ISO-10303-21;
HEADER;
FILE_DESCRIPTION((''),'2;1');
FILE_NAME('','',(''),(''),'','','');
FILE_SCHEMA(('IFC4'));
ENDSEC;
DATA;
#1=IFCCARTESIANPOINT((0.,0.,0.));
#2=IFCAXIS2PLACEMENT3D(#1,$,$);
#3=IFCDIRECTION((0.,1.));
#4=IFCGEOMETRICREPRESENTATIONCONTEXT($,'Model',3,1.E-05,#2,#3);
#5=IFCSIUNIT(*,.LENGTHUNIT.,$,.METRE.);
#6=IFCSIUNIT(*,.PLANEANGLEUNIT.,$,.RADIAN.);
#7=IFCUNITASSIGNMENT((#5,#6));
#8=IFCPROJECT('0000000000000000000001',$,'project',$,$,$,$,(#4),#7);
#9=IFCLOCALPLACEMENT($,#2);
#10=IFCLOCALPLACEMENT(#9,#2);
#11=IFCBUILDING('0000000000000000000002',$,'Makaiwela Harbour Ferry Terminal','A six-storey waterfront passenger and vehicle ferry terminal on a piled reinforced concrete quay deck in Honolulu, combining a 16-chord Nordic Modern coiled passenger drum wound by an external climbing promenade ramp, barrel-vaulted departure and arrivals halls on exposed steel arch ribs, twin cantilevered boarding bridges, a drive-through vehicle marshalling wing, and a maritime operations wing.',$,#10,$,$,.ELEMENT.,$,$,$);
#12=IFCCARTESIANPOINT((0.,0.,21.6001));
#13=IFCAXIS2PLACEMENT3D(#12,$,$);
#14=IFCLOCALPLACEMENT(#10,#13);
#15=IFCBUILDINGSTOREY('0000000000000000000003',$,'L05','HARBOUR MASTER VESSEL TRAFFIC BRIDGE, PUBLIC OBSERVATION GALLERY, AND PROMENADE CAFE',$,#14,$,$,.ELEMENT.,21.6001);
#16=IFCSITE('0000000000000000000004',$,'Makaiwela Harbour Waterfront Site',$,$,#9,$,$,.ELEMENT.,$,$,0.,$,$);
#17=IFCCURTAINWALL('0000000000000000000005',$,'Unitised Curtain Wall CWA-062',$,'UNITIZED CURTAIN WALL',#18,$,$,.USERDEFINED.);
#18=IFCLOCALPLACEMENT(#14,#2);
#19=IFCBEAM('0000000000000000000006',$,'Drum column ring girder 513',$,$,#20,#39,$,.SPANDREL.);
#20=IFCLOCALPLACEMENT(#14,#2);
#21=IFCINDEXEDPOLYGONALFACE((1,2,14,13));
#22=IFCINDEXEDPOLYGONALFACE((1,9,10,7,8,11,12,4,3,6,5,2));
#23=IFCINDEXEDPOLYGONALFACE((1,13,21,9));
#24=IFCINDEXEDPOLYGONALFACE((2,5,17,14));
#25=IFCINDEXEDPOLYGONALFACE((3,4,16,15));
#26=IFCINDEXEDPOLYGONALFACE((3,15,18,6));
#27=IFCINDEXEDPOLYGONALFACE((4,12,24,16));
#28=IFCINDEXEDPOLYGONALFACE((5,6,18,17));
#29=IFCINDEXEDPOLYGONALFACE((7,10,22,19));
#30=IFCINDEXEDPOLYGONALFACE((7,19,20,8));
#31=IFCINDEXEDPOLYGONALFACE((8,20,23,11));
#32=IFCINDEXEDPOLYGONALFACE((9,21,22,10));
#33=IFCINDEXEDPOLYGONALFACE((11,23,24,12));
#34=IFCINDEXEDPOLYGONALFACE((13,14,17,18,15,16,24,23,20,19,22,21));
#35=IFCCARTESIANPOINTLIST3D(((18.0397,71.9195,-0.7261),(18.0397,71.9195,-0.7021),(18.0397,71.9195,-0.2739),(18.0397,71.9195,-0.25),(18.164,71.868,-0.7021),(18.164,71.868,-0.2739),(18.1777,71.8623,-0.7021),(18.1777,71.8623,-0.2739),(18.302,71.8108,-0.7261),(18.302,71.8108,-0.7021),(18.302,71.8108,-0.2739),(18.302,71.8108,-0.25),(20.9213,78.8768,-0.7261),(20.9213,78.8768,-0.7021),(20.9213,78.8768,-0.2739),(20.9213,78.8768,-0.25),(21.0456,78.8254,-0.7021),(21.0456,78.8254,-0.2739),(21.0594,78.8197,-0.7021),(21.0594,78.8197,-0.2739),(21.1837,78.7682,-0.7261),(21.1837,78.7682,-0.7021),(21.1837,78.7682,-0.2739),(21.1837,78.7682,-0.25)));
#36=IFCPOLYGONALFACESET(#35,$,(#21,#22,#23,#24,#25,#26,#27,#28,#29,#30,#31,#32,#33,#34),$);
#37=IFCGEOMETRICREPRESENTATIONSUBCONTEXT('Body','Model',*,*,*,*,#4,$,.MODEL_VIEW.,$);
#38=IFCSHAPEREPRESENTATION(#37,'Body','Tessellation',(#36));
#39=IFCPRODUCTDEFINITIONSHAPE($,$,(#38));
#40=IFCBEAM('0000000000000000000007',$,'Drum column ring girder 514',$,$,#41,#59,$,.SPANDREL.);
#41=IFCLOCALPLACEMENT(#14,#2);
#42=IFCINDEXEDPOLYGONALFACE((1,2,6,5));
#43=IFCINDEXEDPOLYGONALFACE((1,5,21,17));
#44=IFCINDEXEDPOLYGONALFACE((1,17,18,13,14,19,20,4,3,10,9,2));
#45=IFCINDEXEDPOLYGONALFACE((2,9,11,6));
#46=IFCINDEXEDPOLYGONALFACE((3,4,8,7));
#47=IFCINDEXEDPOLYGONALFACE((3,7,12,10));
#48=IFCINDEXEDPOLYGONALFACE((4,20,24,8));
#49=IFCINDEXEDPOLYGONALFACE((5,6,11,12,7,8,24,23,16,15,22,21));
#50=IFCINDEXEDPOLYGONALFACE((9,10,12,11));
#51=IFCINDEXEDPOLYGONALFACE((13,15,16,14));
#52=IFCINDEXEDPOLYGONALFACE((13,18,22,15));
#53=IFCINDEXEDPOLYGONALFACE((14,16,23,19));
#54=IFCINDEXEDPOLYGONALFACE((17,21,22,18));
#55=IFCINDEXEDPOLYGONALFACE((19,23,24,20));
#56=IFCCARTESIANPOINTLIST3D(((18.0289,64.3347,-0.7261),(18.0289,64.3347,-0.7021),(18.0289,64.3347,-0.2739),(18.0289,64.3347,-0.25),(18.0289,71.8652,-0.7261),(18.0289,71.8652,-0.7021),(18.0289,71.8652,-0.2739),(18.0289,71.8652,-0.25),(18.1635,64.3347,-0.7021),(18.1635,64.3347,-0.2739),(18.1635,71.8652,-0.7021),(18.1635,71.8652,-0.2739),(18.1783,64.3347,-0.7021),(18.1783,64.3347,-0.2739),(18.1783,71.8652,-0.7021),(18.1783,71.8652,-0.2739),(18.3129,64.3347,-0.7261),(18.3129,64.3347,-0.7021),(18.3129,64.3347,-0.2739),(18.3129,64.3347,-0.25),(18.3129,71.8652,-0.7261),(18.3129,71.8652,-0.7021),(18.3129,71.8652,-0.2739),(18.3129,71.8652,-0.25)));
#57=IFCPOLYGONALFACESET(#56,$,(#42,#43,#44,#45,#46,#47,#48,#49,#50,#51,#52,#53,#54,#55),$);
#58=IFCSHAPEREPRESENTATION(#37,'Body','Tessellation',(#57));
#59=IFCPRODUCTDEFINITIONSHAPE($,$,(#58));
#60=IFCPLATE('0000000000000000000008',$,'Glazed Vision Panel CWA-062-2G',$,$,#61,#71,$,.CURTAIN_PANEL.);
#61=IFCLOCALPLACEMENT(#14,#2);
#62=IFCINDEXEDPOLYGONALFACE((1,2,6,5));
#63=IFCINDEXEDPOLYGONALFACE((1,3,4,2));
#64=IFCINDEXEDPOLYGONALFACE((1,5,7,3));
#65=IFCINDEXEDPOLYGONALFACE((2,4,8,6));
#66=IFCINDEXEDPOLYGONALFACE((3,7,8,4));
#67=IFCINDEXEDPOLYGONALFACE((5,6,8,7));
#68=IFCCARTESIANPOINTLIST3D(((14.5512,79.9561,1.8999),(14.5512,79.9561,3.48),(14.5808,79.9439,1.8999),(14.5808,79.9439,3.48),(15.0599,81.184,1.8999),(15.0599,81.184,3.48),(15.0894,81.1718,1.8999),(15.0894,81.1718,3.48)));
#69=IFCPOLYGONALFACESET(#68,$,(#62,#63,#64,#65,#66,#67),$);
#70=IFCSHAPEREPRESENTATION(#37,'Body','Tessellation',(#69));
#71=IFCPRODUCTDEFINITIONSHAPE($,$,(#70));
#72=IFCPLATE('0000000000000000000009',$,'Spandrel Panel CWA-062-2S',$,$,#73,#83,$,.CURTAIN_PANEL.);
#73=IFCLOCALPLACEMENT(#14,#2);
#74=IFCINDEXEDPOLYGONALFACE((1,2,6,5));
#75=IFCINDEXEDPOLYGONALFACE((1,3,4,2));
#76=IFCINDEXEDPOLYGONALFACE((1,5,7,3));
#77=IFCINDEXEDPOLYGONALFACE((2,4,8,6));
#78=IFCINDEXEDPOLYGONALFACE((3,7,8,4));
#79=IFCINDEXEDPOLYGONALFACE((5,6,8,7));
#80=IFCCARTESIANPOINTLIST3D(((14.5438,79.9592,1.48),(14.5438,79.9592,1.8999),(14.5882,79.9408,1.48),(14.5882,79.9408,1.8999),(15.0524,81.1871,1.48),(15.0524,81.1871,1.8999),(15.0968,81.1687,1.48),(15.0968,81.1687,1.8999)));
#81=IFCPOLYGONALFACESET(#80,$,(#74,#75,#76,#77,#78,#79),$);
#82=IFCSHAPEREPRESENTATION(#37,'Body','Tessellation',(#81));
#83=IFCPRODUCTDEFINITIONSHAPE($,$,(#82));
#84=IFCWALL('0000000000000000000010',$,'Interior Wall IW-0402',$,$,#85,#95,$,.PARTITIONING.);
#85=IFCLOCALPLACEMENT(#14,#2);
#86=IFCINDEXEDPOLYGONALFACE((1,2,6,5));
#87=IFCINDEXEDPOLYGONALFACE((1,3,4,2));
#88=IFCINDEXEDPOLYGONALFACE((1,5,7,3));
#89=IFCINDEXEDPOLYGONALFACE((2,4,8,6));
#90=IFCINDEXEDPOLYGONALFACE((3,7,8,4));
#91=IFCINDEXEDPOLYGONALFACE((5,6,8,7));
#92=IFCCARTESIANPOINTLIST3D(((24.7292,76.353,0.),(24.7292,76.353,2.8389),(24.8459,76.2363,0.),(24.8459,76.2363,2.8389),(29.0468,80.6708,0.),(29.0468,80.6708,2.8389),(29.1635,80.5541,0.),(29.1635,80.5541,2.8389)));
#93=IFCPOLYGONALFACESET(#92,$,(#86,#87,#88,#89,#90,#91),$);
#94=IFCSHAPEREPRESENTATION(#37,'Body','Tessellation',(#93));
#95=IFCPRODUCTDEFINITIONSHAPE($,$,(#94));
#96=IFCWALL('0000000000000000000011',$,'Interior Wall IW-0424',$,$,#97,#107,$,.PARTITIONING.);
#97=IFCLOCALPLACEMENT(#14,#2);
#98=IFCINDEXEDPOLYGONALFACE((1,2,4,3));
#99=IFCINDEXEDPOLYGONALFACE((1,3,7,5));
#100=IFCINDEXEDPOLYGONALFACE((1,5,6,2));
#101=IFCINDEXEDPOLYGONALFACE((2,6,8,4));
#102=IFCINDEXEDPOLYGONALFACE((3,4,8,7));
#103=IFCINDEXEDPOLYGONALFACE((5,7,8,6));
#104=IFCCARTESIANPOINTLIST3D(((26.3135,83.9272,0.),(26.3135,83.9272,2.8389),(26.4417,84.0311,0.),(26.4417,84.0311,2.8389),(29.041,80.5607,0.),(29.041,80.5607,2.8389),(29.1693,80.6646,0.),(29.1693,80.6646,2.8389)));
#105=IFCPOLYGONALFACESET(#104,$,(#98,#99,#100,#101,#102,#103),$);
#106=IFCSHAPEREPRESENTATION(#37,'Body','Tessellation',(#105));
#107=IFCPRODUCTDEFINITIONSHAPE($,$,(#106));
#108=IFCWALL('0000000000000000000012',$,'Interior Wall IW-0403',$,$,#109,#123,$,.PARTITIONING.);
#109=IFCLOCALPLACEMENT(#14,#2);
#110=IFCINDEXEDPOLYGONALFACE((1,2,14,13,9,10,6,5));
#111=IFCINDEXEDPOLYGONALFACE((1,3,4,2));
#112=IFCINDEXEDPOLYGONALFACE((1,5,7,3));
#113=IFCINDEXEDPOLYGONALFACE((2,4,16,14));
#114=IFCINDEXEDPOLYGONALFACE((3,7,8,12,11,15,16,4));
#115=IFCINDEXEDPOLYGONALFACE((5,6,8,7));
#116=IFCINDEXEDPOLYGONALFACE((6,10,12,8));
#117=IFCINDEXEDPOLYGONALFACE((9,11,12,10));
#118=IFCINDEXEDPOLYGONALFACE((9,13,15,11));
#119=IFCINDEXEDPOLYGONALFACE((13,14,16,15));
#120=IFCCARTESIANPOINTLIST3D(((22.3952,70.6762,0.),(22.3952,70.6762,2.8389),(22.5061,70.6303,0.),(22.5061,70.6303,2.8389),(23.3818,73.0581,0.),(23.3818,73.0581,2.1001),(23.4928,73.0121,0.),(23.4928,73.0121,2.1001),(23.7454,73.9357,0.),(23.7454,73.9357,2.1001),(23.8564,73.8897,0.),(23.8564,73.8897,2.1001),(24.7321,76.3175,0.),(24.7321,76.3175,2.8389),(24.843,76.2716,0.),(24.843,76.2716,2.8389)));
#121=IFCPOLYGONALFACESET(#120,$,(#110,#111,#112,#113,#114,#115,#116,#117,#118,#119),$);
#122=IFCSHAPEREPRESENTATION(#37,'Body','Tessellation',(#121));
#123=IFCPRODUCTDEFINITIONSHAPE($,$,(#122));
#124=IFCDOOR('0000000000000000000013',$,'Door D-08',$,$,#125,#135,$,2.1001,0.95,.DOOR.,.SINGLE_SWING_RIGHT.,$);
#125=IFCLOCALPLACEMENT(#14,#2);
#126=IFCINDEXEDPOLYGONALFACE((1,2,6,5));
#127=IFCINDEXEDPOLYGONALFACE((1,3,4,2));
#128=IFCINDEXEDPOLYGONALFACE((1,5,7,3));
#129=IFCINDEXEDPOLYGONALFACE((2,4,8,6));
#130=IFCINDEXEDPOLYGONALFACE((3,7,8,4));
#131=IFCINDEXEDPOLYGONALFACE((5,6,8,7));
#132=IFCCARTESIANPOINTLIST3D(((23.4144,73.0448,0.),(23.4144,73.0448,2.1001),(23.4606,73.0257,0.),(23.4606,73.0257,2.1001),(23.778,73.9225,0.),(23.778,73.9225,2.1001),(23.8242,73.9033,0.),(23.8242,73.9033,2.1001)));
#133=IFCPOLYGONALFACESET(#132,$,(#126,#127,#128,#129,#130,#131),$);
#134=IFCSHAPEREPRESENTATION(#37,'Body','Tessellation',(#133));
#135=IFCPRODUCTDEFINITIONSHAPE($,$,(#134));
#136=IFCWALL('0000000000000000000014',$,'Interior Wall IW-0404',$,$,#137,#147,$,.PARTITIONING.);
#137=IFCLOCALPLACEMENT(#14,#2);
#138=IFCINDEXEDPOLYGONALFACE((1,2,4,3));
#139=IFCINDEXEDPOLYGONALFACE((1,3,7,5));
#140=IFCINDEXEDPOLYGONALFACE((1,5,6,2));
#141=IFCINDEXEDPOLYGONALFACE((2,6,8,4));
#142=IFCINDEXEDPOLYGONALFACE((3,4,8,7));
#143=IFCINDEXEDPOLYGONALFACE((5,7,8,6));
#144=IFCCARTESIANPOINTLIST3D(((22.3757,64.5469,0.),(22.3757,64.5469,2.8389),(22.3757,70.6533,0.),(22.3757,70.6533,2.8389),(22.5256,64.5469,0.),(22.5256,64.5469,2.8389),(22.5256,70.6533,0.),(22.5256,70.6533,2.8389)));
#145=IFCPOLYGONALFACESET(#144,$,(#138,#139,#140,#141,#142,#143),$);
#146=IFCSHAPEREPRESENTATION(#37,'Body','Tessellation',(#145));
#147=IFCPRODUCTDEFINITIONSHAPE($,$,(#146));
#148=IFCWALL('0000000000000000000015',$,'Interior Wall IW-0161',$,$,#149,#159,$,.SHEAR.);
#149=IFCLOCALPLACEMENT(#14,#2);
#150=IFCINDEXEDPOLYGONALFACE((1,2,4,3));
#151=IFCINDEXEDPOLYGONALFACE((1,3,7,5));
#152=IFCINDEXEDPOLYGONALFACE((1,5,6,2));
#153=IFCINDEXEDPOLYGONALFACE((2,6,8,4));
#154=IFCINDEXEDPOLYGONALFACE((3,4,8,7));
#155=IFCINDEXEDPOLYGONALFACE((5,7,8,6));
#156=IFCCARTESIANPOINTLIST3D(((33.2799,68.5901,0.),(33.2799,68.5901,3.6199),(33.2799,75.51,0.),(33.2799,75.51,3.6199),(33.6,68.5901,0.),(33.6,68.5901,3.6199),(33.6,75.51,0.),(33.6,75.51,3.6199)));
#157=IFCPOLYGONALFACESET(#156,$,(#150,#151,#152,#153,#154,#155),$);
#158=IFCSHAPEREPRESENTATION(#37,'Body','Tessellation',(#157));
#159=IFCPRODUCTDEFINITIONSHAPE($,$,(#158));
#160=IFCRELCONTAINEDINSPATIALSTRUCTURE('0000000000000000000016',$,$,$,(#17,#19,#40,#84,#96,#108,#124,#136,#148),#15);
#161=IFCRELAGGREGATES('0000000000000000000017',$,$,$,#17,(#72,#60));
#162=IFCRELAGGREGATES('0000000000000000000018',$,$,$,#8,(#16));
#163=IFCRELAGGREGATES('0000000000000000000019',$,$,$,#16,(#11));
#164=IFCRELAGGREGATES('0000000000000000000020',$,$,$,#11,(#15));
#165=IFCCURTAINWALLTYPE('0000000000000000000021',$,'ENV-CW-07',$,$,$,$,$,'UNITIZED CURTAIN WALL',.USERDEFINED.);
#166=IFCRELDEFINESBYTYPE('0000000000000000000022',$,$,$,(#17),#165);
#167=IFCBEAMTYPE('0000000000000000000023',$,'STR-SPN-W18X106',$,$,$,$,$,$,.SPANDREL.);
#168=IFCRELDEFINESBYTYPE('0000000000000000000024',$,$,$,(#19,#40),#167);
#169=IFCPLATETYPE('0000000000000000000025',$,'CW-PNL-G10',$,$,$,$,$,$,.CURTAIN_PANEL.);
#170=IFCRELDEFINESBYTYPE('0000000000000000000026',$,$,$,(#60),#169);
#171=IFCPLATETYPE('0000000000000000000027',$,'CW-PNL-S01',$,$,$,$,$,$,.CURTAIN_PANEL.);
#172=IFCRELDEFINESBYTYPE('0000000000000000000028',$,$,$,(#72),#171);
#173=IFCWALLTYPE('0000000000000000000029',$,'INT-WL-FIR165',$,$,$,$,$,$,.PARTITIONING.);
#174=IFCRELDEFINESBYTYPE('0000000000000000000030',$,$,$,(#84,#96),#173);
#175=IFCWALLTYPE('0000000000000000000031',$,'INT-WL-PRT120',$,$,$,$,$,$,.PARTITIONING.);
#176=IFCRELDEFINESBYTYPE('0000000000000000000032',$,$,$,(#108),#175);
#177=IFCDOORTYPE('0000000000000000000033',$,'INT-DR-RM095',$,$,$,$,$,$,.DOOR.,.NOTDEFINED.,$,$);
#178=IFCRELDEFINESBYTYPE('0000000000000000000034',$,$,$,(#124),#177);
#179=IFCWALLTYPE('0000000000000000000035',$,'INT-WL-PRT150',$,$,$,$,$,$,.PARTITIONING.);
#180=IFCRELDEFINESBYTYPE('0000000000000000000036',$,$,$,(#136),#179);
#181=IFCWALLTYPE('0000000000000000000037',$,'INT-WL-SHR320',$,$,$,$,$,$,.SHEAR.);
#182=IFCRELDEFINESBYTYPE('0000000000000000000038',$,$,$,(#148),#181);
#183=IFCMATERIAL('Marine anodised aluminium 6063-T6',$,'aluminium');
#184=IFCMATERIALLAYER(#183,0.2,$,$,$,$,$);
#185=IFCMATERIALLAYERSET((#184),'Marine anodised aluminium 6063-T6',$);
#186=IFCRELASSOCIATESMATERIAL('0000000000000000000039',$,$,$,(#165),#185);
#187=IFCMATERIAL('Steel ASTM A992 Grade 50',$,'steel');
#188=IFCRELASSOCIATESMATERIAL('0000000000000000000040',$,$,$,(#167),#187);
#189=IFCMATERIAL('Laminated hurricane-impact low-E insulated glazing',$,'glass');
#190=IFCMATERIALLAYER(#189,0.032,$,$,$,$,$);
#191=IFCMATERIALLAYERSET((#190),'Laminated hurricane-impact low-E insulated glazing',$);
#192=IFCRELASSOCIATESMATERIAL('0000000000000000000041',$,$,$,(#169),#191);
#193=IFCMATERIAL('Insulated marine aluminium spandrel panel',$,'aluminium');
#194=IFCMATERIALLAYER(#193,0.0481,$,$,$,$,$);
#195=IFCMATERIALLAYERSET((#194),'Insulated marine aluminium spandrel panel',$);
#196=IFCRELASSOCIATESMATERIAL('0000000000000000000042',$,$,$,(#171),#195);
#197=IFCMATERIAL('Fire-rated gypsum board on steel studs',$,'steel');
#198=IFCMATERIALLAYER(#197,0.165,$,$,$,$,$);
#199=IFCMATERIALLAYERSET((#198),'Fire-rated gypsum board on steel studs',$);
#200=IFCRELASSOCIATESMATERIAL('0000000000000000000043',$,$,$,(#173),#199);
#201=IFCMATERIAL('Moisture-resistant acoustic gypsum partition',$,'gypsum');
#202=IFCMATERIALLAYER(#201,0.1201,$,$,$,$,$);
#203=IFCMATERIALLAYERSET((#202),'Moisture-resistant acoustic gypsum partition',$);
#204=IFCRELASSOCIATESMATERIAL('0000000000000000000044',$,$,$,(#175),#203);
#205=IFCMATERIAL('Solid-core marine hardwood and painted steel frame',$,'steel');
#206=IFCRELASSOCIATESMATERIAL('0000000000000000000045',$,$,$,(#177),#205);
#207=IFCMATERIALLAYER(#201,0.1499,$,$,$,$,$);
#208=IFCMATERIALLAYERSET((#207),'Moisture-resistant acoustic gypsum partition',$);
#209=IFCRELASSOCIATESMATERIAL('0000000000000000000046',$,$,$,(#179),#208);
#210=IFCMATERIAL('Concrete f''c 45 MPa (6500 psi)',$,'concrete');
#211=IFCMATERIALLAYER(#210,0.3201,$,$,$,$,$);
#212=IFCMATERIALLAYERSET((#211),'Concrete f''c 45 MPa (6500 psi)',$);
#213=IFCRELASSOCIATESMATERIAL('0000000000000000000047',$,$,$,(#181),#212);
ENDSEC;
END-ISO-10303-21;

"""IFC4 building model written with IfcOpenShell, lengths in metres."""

from ifc_helpers import new_model, si_unit, direction, frame, frame_2d, origin, origin_2d, place, context, subcontext, project, spatial, rectangle, i_section, extrude, material, layer, layer_set, material_profile, profile_set, type_object, element, fill, aggregate, save


model = new_model("IFC4")

# Units and contexts
model_context = context("Model", 3, precision=1e-05, world=origin(), true_north=direction((0.0, 1.0)))
body_context = subcontext(model_context, "Body", "Model", "MODEL_VIEW")
ifc_project = project(units=[si_unit("LENGTHUNIT", "METRE"), si_unit("PLANEANGLEUNIT", "RADIAN")], contexts=[model_context])

# Site, building, storey
site_placement = place(None, origin())
site = spatial("IfcSite", under=ifc_project, at=site_placement, Name="Makaiwela Harbour Waterfront Site", CompositionType="ELEMENT", RefElevation=0.0)
building_placement = place(site_placement, origin())
building = spatial("IfcBuilding", under=site, at=building_placement, Name="Makaiwela Harbour Ferry Terminal", Description="A six-storey waterfront passenger and vehicle ferry terminal on a piled reinforced concrete quay deck in Honolulu, combining a 16-chord Nordic Modern coiled passenger drum wound by an external climbing promenade ramp, barrel-vaulted departure and arrivals halls on exposed steel arch ribs, twin cantilevered boarding bridges, a drive-through vehicle marshalling wing, and a maritime operations wing.", CompositionType="ELEMENT")
storey_placement = place(building_placement, frame((0.0, 0.0, 21.6001)))
storey = spatial("IfcBuildingStorey", under=building, at=storey_placement, Name="L05", Description="HARBOUR MASTER VESSEL TRAFFIC BRIDGE, PUBLIC OBSERVATION GALLERY, AND PROMENADE CAFE", CompositionType="ELEMENT", Elevation=21.6001)

# Shared definitions
ifc_material_1 = material(Name="Steel ASTM A992 Grade 50", Category="steel")

# Curtain wall
ifc_material_2 = material(Name="Marine anodised aluminium 6063-T6", Category="aluminium")
ifc_layer_1 = layer(ifc_material_2, 0.2)
ifc_layer_set_1 = layer_set([ifc_layer_1], Name="Marine anodised aluminium 6063-T6")
curtain_wall_type = type_object("IfcCurtainWallType", Name="ENV-CW-07", ElementType="UNITIZED CURTAIN WALL", PredefinedType="USERDEFINED", material=ifc_layer_set_1)
curtain_wall_placement = place(storey_placement, origin())
curtain_wall = element("IfcCurtainWall", 1, at=curtain_wall_placement, inside=storey, type_object=curtain_wall_type, Name="Unitised Curtain Wall CWA-062", ObjectType="UNITIZED CURTAIN WALL", PredefinedType="USERDEFINED")

# Beams
ifc_material_profile_1 = material_profile(ifc_material_1, i_section(OverallWidth=0.2839, OverallDepth=0.4761, WebThickness=0.0149, FlangeThickness=0.0239, at=origin_2d()), Name="W18X106")
ifc_profile_set_1 = profile_set([ifc_material_profile_1], Name="Steel ASTM A992 Grade 50")
beam_type_1 = type_object("IfcBeamType", Name="STR-SPN-W18X106", PredefinedType="SPANDREL", material=ifc_profile_set_1)
for number, where, z_axis, x_axis, name in (
    (2, (21.0525, 78.8225, -0.488), (-0.38266, -0.923889, 0.0), (0.923889, -0.38266, 0.0), "Drum column ring girder 513"),
    (3, (18.1709, 71.8652, -0.488), (0.0, -1.0, 0.0), (1.0, 0.0, 0.0), "Drum column ring girder 514"),
):
    element("IfcBeam", number, at=place(storey_placement, frame(where, z_axis=z_axis, x_axis=x_axis)), inside=storey, type_object=beam_type_1, Name=name, PredefinedType="SPANDREL", context=body_context, shape_type="SweptSolid", body=[
        extrude(i_section(OverallWidth=0.2839, OverallDepth=0.4761, WebThickness=0.0149, FlangeThickness=0.0239, at=origin_2d()), origin(), (0.0, 0.0, 1.0), 7.5305),
    ])

# Plates
ifc_material_3 = material(Name="Laminated hurricane-impact low-E insulated glazing", Category="glass")
ifc_layer_2 = layer(ifc_material_3, 0.032)
ifc_layer_set_2 = layer_set([ifc_layer_2], Name="Laminated hurricane-impact low-E insulated glazing")
plate_type_1 = type_object("IfcPlateType", Name="CW-PNL-G10", PredefinedType="CURTAIN_PANEL", material=ifc_layer_set_2)
plate_1_placement = place(storey_placement, frame((14.8203, 80.564, 1.8999), z_axis=(0.0, 0.0, 1.0), x_axis=(-0.382683, -0.92388, 0.0)))
plate_1 = element("IfcPlate", 4, at=plate_1_placement, type_object=plate_type_1, Name="Glazed Vision Panel CWA-062-2G", PredefinedType="CURTAIN_PANEL", context=body_context, shape_type="SweptSolid", body=[
    extrude(rectangle(XDim=1.3291, YDim=0.032, at=origin_2d()), origin(), (0.0, 0.0, 1.0), 1.5801),
])
ifc_material_4 = material(Name="Insulated marine aluminium spandrel panel", Category="aluminium")
ifc_layer_3 = layer(ifc_material_4, 0.0481)
ifc_layer_set_3 = layer_set([ifc_layer_3], Name="Insulated marine aluminium spandrel panel")
plate_type_2 = type_object("IfcPlateType", Name="CW-PNL-S01", PredefinedType="CURTAIN_PANEL", material=ifc_layer_set_3)
plate_2_placement = place(storey_placement, frame((14.8203, 80.564, 1.48), z_axis=(0.0, 0.0, 1.0), x_axis=(-0.382683, -0.92388, 0.0)))
plate_2 = element("IfcPlate", 5, at=plate_2_placement, type_object=plate_type_2, Name="Spandrel Panel CWA-062-2S", PredefinedType="CURTAIN_PANEL", context=body_context, shape_type="SweptSolid", body=[
    extrude(rectangle(XDim=1.3291, YDim=0.0481, at=origin_2d()), origin(), (0.0, 0.0, 1.0), 0.4199),
])
aggregate(curtain_wall, [plate_2, plate_1])

# Walls
ifc_material_5 = material(Name="Fire-rated gypsum board on steel studs", Category="steel")
ifc_layer_4 = layer(ifc_material_5, 0.165)
ifc_layer_set_4 = layer_set([ifc_layer_4], Name="Fire-rated gypsum board on steel studs")
wall_type_1 = type_object("IfcWallType", Name="INT-WL-FIR165", PredefinedType="PARTITIONING", material=ifc_layer_set_4)
wall_1_placement = place(storey_placement, frame((29.1052, 80.6125, 0.0), z_axis=(0.0, 0.0, 1.0), x_axis=(-0.707087, -0.707127, 0.0)))
element("IfcWall", 6, at=wall_1_placement, inside=storey, type_object=wall_type_1, Name="Interior Wall IW-0402", PredefinedType="PARTITIONING", context=body_context, shape_type="SweptSolid", body=[
    extrude(rectangle(XDim=6.1062, YDim=0.165, at=frame_2d((3.0532, 0.0))), origin(), (0.0, 0.0, 1.0), 2.8389),
])
wall_2_placement = place(storey_placement, frame((29.1052, 80.6125, 0.0), z_axis=(0.0, 0.0, 1.0), x_axis=(-0.629521, 0.776984, 0.0)))
element("IfcWall", 7, at=wall_2_placement, inside=storey, type_object=wall_type_1, Name="Interior Wall IW-0424", PredefinedType="PARTITIONING", context=body_context, shape_type="SweptSolid", body=[
    extrude(rectangle(XDim=4.3328, YDim=0.165, at=frame_2d((2.1665, 0.0))), origin(), (0.0, 0.0, 1.0), 2.8389),
])

# Wall, opening, door
ifc_material_6 = material(Name="Moisture-resistant acoustic gypsum partition", Category="gypsum")
ifc_layer_5 = layer(ifc_material_6, 0.1201)
ifc_layer_set_5 = layer_set([ifc_layer_5], Name="Moisture-resistant acoustic gypsum partition")
wall_type_2 = type_object("IfcWallType", Name="INT-WL-PRT120", PredefinedType="PARTITIONING", material=ifc_layer_set_5)
wall_3_placement = place(storey_placement, frame((24.7876, 76.2947, 0.0), z_axis=(0.0, 0.0, 1.0), x_axis=(-0.38271, -0.923869, 0.0)))
wall_3 = element("IfcWall", 8, at=wall_3_placement, inside=storey, type_object=wall_type_2, Name="Interior Wall IW-0403", PredefinedType="PARTITIONING", context=body_context, shape_type="SweptSolid", body=[
    extrude(rectangle(XDim=6.1062, YDim=0.1201, at=frame_2d((3.0532, 0.0))), origin(), (0.0, 0.0, 1.0), 2.8389),
])
opening_1_placement = place(wall_3_placement, frame((2.5781, 0.0, 0.0)))
opening_1 = element("IfcOpeningElement", 9, at=opening_1_placement, cuts=wall_3, PredefinedType="OPENING", context=body_context, shape_type="SweptSolid", body=[
    extrude(rectangle(XDim=0.95, YDim=2.1001, at=frame_2d((0.4751, 1.05))), frame((0.0, 0.0701, 0.0), z_axis=(0.0, -1.0, 0.0), x_axis=(1.0, 0.0, 0.0)), (0.0, 0.0, 1.0), 0.1401),
])
ifc_material_7 = material(Name="Solid-core marine hardwood and painted steel frame", Category="steel")
door_type_1 = type_object("IfcDoorType", Name="INT-DR-RM095", OperationType="NOTDEFINED", PredefinedType="DOOR", material=ifc_material_7)
door_1_placement = place(opening_1_placement, frame((0.95, 0.0, 0.0), z_axis=(0.0, 0.0, 1.0), x_axis=(-1.0, 0.0, 0.0)))
door_1 = element("IfcDoor", 10, at=door_1_placement, inside=storey, type_object=door_type_1, Name="Door D-08", OperationType="SINGLE_SWING_RIGHT", OverallHeight=2.1001, OverallWidth=0.95, PredefinedType="DOOR", context=body_context, shape_type="SweptSolid", body=[
    extrude(rectangle(XDim=0.95, YDim=2.1001, at=frame_2d((0.4751, 1.05))), frame((0.0, 0.0249, 0.0), z_axis=(0.0, -1.0, 0.0), x_axis=(1.0, 0.0, 0.0)), (0.0, 0.0, 1.0), 0.05),
])
fill(opening_1, door_1)

# Walls
ifc_layer_6 = layer(ifc_material_6, 0.1499)
ifc_layer_set_6 = layer_set([ifc_layer_6], Name="Moisture-resistant acoustic gypsum partition")
wall_type_3 = type_object("IfcWallType", Name="INT-WL-PRT150", PredefinedType="PARTITIONING", material=ifc_layer_set_6)
wall_4_placement = place(storey_placement, frame((22.4507, 70.6533, 0.0), z_axis=(0.0, 0.0, 1.0), x_axis=(0.0, -1.0, 0.0)))
element("IfcWall", 11, at=wall_4_placement, inside=storey, type_object=wall_type_3, Name="Interior Wall IW-0404", PredefinedType="PARTITIONING", context=body_context, shape_type="SweptSolid", body=[
    extrude(rectangle(XDim=6.1064, YDim=0.1499, at=frame_2d((3.0532, 0.0))), origin(), (0.0, 0.0, 1.0), 2.8389),
])
ifc_material_8 = material(Name="Concrete f'c 45 MPa (6500 psi)", Category="concrete")
ifc_layer_7 = layer(ifc_material_8, 0.3201)
ifc_layer_set_7 = layer_set([ifc_layer_7], Name="Concrete f'c 45 MPa (6500 psi)")
wall_type_4 = type_object("IfcWallType", Name="INT-WL-SHR320", PredefinedType="SHEAR", material=ifc_layer_set_7)
wall_5_placement = place(storey_placement, frame((33.4399, 68.5901, 0.0), z_axis=(0.0, 0.0, 1.0), x_axis=(0.0, 1.0, 0.0)))
element("IfcWall", 12, at=wall_5_placement, inside=storey, type_object=wall_type_4, Name="Interior Wall IW-0161", PredefinedType="SHEAR", context=body_context, shape_type="SweptSolid", body=[
    extrude(rectangle(XDim=6.9199, YDim=0.3201, at=frame_2d((3.46, 0.0))), origin(), (0.0, 0.0, 1.0), 3.6199),
])

save(model, "model.ifc")
